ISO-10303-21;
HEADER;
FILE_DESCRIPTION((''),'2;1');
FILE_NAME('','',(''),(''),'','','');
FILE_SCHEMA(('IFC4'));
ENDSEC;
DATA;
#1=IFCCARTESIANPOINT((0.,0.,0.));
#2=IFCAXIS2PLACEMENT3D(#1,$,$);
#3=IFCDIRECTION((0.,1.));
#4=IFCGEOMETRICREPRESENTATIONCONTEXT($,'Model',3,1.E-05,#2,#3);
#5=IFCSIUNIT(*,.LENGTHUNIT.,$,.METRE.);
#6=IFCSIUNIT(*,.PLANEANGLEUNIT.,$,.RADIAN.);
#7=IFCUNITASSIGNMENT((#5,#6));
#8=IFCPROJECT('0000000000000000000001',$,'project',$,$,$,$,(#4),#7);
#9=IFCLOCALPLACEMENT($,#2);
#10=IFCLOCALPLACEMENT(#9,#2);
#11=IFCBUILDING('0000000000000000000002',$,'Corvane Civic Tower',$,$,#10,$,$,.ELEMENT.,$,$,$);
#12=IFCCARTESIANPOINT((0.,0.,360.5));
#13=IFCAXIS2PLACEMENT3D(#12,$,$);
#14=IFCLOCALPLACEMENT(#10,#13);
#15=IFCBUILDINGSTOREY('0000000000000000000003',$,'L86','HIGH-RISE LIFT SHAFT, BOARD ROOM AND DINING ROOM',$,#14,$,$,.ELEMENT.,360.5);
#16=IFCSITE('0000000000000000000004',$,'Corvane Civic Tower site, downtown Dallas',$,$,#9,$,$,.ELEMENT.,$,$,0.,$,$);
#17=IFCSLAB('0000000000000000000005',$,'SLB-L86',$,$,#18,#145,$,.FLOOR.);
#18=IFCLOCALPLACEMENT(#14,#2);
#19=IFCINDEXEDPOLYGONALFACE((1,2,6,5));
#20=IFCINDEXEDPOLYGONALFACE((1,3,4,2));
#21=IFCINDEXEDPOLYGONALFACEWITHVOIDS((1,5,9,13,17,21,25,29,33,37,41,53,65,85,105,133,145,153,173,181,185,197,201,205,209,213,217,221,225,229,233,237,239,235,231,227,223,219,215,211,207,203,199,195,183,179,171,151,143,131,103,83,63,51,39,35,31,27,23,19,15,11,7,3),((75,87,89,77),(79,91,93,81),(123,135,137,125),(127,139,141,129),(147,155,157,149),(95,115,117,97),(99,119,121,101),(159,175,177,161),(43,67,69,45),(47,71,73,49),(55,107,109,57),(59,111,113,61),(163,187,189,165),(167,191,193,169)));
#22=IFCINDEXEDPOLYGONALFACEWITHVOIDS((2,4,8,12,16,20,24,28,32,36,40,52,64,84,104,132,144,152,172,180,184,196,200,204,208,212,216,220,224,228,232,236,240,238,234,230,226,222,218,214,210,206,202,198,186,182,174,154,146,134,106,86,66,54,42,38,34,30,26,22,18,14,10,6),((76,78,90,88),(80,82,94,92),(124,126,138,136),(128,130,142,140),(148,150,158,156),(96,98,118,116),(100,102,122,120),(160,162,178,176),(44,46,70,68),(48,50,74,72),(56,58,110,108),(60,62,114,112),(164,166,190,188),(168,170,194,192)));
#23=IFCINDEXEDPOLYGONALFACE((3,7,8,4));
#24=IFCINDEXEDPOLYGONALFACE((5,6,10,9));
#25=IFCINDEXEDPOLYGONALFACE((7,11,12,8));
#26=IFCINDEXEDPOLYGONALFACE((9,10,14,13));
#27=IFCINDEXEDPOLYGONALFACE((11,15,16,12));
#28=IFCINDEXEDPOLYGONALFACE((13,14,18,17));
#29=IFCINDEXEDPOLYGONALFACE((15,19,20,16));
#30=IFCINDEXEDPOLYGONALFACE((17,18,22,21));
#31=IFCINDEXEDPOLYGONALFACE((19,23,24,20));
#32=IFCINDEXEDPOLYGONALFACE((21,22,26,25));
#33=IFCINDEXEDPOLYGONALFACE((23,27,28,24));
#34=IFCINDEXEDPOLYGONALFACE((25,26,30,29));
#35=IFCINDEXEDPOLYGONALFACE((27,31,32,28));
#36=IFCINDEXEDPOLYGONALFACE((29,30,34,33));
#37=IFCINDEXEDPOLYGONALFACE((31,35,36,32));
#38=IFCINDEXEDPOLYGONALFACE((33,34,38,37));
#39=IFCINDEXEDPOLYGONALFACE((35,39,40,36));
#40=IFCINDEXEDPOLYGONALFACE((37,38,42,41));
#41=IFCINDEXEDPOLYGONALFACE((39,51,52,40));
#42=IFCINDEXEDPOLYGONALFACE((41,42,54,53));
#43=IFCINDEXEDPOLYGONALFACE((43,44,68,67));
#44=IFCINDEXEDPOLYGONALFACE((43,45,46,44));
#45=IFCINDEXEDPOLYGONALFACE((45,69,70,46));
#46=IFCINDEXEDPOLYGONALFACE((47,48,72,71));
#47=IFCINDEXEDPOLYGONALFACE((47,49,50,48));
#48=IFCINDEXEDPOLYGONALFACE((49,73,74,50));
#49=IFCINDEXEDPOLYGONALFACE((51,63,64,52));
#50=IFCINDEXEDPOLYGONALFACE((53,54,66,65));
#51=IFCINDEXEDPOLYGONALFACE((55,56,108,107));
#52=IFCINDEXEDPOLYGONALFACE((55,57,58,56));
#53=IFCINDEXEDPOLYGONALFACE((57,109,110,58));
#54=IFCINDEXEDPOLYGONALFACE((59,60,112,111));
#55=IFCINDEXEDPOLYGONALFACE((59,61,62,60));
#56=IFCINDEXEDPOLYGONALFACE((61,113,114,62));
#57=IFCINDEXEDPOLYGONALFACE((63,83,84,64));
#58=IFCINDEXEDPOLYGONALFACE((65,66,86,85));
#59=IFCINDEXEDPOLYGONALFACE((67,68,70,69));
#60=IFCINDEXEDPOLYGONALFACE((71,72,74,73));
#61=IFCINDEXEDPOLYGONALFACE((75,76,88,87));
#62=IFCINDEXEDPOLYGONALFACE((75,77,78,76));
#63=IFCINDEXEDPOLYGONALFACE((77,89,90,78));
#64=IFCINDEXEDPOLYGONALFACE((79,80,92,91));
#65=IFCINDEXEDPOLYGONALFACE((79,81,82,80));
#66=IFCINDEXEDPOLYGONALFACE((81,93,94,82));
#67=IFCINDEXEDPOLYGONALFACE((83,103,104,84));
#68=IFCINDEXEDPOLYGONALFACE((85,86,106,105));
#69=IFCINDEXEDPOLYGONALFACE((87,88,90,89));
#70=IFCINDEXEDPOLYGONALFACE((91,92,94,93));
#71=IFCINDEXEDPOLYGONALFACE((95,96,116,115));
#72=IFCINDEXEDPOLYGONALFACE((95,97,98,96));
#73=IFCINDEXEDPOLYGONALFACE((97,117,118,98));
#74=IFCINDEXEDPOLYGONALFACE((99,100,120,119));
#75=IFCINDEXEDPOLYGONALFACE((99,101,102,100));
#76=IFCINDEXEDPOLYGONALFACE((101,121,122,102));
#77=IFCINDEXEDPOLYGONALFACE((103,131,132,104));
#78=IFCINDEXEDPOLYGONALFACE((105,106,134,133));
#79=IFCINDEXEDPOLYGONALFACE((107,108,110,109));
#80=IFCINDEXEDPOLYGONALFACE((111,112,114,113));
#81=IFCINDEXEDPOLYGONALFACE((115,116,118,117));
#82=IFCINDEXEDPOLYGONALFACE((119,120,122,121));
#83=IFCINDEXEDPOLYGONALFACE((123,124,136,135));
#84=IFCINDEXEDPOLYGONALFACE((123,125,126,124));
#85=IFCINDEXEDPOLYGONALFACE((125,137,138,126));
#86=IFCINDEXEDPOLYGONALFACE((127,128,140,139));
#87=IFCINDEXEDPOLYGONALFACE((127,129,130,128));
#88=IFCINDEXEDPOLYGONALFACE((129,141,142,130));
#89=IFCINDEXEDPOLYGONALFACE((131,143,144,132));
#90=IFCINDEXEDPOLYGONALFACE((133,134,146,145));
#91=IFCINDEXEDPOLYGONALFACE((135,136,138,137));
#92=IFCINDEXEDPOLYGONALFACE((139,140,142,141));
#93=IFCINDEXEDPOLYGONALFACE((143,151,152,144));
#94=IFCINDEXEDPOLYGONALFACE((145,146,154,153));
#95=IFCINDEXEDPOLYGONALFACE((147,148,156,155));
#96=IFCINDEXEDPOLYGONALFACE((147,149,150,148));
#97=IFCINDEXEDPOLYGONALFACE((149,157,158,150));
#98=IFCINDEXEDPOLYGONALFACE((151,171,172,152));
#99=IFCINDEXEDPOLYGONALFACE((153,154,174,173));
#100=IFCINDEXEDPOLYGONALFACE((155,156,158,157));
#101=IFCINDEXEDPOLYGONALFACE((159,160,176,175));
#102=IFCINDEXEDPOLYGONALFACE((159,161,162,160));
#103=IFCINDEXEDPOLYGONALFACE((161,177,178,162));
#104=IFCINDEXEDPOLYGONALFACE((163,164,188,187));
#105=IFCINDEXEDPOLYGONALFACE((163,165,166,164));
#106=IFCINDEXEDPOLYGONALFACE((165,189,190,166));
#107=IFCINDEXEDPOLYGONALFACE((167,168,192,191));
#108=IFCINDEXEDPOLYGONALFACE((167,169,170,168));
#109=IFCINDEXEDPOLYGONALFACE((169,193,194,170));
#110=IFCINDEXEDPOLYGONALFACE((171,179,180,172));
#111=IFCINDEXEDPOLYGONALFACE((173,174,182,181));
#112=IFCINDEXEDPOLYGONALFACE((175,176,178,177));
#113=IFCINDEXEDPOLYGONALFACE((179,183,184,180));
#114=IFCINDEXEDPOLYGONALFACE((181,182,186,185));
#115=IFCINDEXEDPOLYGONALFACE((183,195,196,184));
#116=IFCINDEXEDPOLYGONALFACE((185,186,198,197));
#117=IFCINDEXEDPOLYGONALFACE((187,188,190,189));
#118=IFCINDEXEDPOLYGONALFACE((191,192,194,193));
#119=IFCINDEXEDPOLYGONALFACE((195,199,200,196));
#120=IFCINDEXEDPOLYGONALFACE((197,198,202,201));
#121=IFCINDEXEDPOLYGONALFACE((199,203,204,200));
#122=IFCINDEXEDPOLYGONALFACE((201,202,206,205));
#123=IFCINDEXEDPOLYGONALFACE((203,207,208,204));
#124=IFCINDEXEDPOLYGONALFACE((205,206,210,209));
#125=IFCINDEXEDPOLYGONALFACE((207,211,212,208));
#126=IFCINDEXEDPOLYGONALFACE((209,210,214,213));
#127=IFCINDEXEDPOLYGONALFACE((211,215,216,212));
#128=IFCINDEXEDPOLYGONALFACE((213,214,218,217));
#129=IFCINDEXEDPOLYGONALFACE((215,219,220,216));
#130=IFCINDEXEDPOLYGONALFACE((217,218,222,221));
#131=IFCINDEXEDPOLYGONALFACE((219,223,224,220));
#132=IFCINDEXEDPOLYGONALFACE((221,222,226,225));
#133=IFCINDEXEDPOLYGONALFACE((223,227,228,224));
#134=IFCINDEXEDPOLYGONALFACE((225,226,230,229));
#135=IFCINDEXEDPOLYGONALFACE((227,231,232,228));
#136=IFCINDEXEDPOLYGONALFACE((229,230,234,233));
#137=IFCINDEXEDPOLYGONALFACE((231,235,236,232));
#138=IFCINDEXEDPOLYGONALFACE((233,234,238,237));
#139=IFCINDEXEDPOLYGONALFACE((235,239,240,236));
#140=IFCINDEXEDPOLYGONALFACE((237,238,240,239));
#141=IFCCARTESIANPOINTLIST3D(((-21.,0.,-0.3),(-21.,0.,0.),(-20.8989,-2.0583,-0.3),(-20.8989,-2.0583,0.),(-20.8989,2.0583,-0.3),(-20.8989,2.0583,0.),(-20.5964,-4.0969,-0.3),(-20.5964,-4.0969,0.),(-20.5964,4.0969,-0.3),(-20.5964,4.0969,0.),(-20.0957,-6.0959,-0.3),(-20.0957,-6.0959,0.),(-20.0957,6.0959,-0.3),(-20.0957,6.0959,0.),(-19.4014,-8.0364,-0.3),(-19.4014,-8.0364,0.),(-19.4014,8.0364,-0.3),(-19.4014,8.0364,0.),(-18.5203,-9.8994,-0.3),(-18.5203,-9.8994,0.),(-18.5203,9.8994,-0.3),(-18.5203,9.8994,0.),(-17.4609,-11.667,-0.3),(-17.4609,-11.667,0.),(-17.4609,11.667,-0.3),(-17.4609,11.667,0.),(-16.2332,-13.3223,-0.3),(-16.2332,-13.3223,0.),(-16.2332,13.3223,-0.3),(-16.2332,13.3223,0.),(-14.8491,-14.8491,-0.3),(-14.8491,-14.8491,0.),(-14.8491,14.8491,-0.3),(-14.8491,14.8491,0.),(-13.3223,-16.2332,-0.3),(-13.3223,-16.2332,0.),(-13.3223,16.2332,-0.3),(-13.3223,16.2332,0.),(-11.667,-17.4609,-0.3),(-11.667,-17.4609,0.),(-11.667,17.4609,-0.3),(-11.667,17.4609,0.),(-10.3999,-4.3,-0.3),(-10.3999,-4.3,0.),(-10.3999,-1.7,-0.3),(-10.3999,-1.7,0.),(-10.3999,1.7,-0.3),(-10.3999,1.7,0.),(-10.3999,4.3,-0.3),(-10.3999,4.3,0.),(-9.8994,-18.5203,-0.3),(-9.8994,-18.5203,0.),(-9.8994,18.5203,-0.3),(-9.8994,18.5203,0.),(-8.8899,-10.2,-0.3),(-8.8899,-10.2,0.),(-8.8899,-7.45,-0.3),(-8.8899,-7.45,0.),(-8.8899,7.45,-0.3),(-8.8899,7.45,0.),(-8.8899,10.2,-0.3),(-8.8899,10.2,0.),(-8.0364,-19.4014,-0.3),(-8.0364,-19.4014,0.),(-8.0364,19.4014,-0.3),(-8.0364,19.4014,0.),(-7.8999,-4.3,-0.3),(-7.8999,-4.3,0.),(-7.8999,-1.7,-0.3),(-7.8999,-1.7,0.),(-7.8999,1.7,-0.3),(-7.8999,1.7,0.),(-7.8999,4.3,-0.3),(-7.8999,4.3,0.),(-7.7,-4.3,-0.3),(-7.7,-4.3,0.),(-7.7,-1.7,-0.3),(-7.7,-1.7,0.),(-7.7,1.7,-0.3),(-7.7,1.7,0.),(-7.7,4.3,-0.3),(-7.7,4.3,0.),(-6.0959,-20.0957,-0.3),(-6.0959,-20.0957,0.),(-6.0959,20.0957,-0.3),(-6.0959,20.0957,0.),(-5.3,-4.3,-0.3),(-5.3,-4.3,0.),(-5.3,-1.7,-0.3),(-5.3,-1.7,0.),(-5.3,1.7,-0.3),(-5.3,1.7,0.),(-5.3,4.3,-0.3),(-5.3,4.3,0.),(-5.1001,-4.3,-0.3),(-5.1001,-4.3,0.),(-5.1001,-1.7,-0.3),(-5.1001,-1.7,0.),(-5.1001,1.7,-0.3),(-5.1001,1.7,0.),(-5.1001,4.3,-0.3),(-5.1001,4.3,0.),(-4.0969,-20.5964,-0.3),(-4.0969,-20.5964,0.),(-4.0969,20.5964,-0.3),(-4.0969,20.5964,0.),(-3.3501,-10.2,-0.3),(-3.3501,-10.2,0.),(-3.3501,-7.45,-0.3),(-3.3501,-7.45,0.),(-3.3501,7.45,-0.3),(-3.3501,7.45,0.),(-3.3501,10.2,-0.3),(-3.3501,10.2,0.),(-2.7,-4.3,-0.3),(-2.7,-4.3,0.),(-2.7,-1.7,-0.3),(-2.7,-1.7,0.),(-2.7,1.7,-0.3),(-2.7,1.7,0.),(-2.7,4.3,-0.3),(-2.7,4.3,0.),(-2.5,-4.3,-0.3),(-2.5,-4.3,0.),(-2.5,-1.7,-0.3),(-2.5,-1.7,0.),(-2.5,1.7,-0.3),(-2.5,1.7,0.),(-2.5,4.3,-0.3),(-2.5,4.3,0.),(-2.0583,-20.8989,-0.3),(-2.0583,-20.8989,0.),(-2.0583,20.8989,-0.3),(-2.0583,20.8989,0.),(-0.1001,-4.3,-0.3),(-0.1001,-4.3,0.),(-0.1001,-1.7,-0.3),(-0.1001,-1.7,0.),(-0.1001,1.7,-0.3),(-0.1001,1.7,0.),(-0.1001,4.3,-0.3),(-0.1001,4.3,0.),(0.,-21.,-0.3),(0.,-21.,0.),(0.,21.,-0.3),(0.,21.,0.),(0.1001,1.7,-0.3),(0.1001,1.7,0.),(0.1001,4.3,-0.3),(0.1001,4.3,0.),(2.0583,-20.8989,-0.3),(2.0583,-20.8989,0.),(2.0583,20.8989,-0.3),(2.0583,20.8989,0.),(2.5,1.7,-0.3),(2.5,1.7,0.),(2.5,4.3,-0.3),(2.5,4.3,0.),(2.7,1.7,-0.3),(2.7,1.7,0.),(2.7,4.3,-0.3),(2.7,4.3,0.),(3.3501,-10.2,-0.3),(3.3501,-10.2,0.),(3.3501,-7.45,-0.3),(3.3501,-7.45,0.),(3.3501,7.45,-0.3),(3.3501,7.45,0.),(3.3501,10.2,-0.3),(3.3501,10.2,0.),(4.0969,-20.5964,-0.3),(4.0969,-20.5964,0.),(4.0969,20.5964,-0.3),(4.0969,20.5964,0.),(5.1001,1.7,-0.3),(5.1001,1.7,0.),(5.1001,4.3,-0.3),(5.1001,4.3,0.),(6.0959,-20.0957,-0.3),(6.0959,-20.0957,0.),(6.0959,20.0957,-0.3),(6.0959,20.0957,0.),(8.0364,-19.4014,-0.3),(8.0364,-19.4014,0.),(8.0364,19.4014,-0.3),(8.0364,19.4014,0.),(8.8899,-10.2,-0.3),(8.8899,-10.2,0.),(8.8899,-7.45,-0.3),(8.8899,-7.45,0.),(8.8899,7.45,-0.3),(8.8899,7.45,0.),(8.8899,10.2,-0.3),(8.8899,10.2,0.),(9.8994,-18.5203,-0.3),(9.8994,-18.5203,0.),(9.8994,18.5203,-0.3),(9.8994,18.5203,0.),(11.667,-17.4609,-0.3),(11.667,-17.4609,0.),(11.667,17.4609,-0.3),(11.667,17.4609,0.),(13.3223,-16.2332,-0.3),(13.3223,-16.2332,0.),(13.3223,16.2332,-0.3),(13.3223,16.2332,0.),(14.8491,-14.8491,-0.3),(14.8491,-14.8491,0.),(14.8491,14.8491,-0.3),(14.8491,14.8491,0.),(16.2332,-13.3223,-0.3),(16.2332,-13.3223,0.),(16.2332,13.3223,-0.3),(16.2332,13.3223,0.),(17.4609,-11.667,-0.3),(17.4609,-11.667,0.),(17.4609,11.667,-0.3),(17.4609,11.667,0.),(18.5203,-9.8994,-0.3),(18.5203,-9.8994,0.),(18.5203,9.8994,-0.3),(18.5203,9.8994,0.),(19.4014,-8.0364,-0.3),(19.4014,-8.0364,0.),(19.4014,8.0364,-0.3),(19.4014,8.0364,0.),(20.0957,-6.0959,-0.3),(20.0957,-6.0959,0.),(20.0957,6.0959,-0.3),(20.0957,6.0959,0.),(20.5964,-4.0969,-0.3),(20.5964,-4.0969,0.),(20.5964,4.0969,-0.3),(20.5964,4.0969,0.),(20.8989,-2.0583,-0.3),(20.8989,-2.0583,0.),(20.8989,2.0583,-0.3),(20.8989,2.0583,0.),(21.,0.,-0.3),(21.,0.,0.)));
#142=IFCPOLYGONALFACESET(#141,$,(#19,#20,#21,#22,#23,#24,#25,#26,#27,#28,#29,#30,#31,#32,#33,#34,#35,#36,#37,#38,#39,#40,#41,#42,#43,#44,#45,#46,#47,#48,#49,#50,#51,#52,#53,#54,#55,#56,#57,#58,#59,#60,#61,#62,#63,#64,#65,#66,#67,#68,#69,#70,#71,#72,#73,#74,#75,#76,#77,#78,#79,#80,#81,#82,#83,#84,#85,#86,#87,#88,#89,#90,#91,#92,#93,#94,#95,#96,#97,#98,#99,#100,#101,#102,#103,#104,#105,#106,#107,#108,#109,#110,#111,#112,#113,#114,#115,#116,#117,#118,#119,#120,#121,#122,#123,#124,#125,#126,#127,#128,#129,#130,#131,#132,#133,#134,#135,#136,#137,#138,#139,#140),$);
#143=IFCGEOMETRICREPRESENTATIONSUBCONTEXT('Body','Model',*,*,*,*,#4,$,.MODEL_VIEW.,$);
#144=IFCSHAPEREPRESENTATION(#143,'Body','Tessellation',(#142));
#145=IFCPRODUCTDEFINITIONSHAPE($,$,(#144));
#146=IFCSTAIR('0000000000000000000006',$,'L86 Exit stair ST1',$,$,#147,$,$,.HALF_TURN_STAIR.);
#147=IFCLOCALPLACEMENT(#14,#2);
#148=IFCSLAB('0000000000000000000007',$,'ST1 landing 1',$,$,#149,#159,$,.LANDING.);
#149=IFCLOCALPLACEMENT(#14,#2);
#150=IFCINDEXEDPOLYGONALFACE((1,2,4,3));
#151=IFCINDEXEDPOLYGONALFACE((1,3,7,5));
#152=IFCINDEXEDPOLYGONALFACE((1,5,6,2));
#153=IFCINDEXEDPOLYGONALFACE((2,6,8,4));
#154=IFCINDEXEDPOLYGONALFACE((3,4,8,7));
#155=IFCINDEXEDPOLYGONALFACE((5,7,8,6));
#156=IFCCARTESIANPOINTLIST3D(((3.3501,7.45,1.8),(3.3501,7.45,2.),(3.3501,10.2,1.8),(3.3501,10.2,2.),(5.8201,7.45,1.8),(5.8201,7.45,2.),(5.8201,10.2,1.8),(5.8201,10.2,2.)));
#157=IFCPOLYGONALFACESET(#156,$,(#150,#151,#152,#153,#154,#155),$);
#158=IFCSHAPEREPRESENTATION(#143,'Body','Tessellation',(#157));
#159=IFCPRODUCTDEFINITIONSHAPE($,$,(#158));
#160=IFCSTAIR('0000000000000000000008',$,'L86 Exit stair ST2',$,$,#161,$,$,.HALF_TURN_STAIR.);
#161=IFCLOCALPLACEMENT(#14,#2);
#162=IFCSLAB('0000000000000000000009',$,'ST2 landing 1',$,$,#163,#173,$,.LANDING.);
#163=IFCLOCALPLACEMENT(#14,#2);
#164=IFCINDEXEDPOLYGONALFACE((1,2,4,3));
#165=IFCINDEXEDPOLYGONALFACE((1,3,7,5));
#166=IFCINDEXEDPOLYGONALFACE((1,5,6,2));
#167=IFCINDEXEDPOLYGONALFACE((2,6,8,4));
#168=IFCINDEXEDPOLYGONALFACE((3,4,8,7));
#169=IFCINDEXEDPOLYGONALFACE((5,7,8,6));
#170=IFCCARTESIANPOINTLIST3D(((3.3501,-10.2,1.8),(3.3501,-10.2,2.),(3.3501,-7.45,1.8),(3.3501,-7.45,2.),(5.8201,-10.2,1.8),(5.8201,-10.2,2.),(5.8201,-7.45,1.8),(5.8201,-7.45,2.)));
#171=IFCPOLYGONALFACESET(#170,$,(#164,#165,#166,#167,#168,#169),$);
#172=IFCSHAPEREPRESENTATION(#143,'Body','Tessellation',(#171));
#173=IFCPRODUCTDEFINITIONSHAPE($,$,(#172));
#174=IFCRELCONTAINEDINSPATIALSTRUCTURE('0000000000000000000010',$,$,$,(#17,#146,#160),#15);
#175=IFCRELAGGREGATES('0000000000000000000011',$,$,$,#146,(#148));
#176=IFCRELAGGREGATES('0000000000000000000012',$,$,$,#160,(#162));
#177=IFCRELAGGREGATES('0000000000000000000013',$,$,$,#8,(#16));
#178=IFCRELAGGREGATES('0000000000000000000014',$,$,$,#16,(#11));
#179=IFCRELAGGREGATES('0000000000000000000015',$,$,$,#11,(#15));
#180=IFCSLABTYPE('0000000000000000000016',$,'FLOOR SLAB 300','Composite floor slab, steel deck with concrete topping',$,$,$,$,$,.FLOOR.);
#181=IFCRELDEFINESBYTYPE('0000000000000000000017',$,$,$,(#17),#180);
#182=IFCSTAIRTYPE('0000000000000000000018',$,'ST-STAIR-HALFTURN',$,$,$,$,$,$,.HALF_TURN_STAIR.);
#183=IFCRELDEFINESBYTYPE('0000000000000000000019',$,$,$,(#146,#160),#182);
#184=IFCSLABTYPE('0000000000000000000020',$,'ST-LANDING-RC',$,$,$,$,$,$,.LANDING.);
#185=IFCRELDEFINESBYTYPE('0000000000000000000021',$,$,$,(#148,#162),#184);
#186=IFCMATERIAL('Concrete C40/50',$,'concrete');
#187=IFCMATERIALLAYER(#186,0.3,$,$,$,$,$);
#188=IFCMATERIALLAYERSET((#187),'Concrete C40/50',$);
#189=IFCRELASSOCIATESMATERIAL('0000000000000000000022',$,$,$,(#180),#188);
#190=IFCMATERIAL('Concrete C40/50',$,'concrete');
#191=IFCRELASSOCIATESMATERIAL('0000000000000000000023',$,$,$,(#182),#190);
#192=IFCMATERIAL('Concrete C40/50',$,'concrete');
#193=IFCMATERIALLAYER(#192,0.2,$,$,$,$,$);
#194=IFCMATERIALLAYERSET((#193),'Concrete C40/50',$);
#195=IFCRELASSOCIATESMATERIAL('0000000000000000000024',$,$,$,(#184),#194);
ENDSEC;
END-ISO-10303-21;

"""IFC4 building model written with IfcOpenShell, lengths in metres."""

from ifc_helpers import new_model, si_unit, direction, frame, origin, place, context, subcontext, project, spatial, polyline, outline, extrude, material, layer, layer_set, type_object, element, aggregate, save


model = new_model("IFC4")

# Units and contexts
model_context = context("Model", 3, precision=1e-05, world=origin(), true_north=direction((0.0, 1.0)))
body_context = subcontext(model_context, "Body", "Model", "MODEL_VIEW")
ifc_project = project(units=[si_unit("LENGTHUNIT", "METRE"), si_unit("PLANEANGLEUNIT", "RADIAN")], contexts=[model_context])

# Site, building, storey
site_placement = place(None, origin())
site = spatial("IfcSite", under=ifc_project, at=site_placement, Name="Corvane Civic Tower site, downtown Dallas", CompositionType="ELEMENT", RefElevation=0.0)
building_placement = place(site_placement, origin())
building = spatial("IfcBuilding", under=site, at=building_placement, Name="Corvane Civic Tower", CompositionType="ELEMENT")
storey_placement = place(building_placement, frame((0.0, 0.0, 360.5)))
storey = spatial("IfcBuildingStorey", under=building, at=storey_placement, Name="L86", Description="HIGH-RISE LIFT SHAFT, BOARD ROOM AND DINING ROOM", CompositionType="ELEMENT", Elevation=360.5)

# Slab
ifc_material_1 = material(Name="Concrete C40/50", Category="concrete")
ifc_layer_1 = layer(ifc_material_1, 0.3)
ifc_layer_set_1 = layer_set([ifc_layer_1], Name="Concrete C40/50")
slab_type_1 = type_object("IfcSlabType", Name="FLOOR SLAB 300", Description="Composite floor slab, steel deck with concrete topping", PredefinedType="FLOOR", material=ifc_layer_set_1)
slab_1_placement = place(storey_placement, frame((0.0, 0.0, -0.3)))
element("IfcSlab", 1, at=slab_1_placement, inside=storey, type_object=slab_type_1, Name="SLB-L86", PredefinedType="FLOOR", context=body_context, shape_type="SweptSolid", body=[
    extrude(outline(polyline([(0.0, 21.0), (-2.0583, 20.8989), (-4.0969, 20.5964), (-6.0959, 20.0957), (-8.0364, 19.4014), (-9.8994, 18.5203), (-11.667, 17.4609), (-13.3223, 16.2332), (-14.8491, 14.8491), (-16.2332, 13.3223), (-17.4609, 11.667), (-18.5203, 9.8994), (-19.4014, 8.0364), (-20.0957, 6.0959), (-20.5964, 4.0969), (-20.8989, 2.0583), (-21.0, 0.0), (-20.8989, -2.0583), (-20.5964, -4.0969), (-20.0957, -6.0959), (-19.4014, -8.0364), (-18.5203, -9.8994), (-17.4609, -11.667), (-16.2332, -13.3223), (-14.8491, -14.8491), (-13.3223, -16.2332), (-11.667, -17.4609), (-9.8994, -18.5203), (-8.0364, -19.4014), (-6.0959, -20.0957), (-4.0969, -20.5964), (-2.0583, -20.8989), (0.0, -21.0), (2.0583, -20.8989), (4.0969, -20.5964), (6.0959, -20.0957), (8.0364, -19.4014), (9.8994, -18.5203), (11.667, -17.4609), (13.3223, -16.2332), (14.8491, -14.8491), (16.2332, -13.3223), (17.4609, -11.667), (18.5203, -9.8994), (19.4014, -8.0364), (20.0957, -6.0959), (20.5964, -4.0969), (20.8989, -2.0583), (21.0, 0.0), (20.8989, 2.0583), (20.5964, 4.0969), (20.0957, 6.0959), (19.4014, 8.0364), (18.5203, 9.8994), (17.4609, 11.667), (16.2332, 13.3223), (14.8491, 14.8491), (13.3223, 16.2332), (11.667, 17.4609), (9.8994, 18.5203), (8.0364, 19.4014), (6.0959, 20.0957), (4.0969, 20.5964), (2.0583, 20.8989), (0.0, 21.0)]), holes=[polyline([(-10.3999, 4.3), (-7.8999, 4.3), (-7.8999, 1.7), (-10.3999, 1.7), (-10.3999, 4.3)]), polyline([(-7.7, 4.3), (-5.3, 4.3), (-5.3, 1.7), (-7.7, 1.7), (-7.7, 4.3)]), polyline([(-5.1001, 4.3), (-2.7, 4.3), (-2.7, 1.7), (-5.1001, 1.7), (-5.1001, 4.3)]), polyline([(-2.5, 1.7), (-2.5, 4.3), (-0.1001, 4.3), (-0.1001, 1.7), (-2.5, 1.7)]), polyline([(0.1001, 1.7), (0.1001, 4.3), (2.5, 4.3), (2.5, 1.7), (0.1001, 1.7)]), polyline([(2.7, 1.7), (2.7, 4.3), (5.1001, 4.3), (5.1001, 1.7), (2.7, 1.7)]), polyline([(-10.3999, -1.7), (-7.8999, -1.7), (-7.8999, -4.3), (-10.3999, -4.3), (-10.3999, -1.7)]), polyline([(-7.7, -4.3), (-7.7, -1.7), (-5.3, -1.7), (-5.3, -4.3), (-7.7, -4.3)]), polyline([(-5.1001, -4.3), (-5.1001, -1.7), (-2.7, -1.7), (-2.7, -4.3), (-5.1001, -4.3)]), polyline([(-2.5, -4.3), (-2.5, -1.7), (-0.1001, -1.7), (-0.1001, -4.3), (-2.5, -4.3)]), polyline([(8.8899, 10.2), (8.8899, 7.45), (3.3501, 7.45), (3.3501, 10.2), (8.8899, 10.2)]), polyline([(-8.8899, 7.45), (-8.8899, 10.2), (-3.3501, 10.2), (-3.3501, 7.45), (-8.8899, 7.45)]), polyline([(8.8899, -7.45), (8.8899, -10.2), (3.3501, -10.2), (3.3501, -7.45), (8.8899, -7.45)]), polyline([(-8.8899, -10.2), (-8.8899, -7.45), (-3.3501, -7.45), (-3.3501, -10.2), (-8.8899, -10.2)])]), origin(), (0.0, 0.0, 1.0), 0.3),
])

# Stairs, slabs
ifc_material_2 = material(Name="Concrete C40/50", Category="concrete")
stair_type = type_object("IfcStairType", Name="ST-STAIR-HALFTURN", PredefinedType="HALF_TURN_STAIR", material=ifc_material_2)
stair_1_placement = place(storey_placement, origin())
stair_1 = element("IfcStair", 2, at=stair_1_placement, inside=storey, type_object=stair_type, Name="L86 Exit stair ST1", PredefinedType="HALF_TURN_STAIR")
ifc_material_3 = material(Name="Concrete C40/50", Category="concrete")
ifc_layer_2 = layer(ifc_material_3, 0.2)
ifc_layer_set_2 = layer_set([ifc_layer_2], Name="Concrete C40/50")
slab_type_2 = type_object("IfcSlabType", Name="ST-LANDING-RC", PredefinedType="LANDING", material=ifc_layer_set_2)
slab_2_placement = place(storey_placement, frame((0.0, 0.0, 1.8)))
slab_2 = element("IfcSlab", 3, at=slab_2_placement, type_object=slab_type_2, Name="ST1 landing 1", PredefinedType="LANDING", context=body_context, shape_type="SweptSolid", body=[
    extrude(outline(polyline([(5.8201, 10.2), (3.3501, 10.2), (3.3501, 7.45), (5.8201, 7.45), (5.8201, 10.2)])), origin(), (0.0, 0.0, 1.0), 0.2),
])
aggregate(stair_1, [slab_2])
stair_2_placement = place(storey_placement, origin())
stair_2 = element("IfcStair", 4, at=stair_2_placement, inside=storey, type_object=stair_type, Name="L86 Exit stair ST2", PredefinedType="HALF_TURN_STAIR")
slab_3_placement = place(storey_placement, frame((0.0, 0.0, 1.8)))
slab_3 = element("IfcSlab", 5, at=slab_3_placement, type_object=slab_type_2, Name="ST2 landing 1", PredefinedType="LANDING", context=body_context, shape_type="SweptSolid", body=[
    extrude(outline(polyline([(5.8201, -7.45), (3.3501, -7.45), (3.3501, -10.2), (5.8201, -10.2), (5.8201, -7.45)])), origin(), (0.0, 0.0, 1.0), 0.2),
])
aggregate(stair_2, [slab_3])

save(model, "model.ifc")
